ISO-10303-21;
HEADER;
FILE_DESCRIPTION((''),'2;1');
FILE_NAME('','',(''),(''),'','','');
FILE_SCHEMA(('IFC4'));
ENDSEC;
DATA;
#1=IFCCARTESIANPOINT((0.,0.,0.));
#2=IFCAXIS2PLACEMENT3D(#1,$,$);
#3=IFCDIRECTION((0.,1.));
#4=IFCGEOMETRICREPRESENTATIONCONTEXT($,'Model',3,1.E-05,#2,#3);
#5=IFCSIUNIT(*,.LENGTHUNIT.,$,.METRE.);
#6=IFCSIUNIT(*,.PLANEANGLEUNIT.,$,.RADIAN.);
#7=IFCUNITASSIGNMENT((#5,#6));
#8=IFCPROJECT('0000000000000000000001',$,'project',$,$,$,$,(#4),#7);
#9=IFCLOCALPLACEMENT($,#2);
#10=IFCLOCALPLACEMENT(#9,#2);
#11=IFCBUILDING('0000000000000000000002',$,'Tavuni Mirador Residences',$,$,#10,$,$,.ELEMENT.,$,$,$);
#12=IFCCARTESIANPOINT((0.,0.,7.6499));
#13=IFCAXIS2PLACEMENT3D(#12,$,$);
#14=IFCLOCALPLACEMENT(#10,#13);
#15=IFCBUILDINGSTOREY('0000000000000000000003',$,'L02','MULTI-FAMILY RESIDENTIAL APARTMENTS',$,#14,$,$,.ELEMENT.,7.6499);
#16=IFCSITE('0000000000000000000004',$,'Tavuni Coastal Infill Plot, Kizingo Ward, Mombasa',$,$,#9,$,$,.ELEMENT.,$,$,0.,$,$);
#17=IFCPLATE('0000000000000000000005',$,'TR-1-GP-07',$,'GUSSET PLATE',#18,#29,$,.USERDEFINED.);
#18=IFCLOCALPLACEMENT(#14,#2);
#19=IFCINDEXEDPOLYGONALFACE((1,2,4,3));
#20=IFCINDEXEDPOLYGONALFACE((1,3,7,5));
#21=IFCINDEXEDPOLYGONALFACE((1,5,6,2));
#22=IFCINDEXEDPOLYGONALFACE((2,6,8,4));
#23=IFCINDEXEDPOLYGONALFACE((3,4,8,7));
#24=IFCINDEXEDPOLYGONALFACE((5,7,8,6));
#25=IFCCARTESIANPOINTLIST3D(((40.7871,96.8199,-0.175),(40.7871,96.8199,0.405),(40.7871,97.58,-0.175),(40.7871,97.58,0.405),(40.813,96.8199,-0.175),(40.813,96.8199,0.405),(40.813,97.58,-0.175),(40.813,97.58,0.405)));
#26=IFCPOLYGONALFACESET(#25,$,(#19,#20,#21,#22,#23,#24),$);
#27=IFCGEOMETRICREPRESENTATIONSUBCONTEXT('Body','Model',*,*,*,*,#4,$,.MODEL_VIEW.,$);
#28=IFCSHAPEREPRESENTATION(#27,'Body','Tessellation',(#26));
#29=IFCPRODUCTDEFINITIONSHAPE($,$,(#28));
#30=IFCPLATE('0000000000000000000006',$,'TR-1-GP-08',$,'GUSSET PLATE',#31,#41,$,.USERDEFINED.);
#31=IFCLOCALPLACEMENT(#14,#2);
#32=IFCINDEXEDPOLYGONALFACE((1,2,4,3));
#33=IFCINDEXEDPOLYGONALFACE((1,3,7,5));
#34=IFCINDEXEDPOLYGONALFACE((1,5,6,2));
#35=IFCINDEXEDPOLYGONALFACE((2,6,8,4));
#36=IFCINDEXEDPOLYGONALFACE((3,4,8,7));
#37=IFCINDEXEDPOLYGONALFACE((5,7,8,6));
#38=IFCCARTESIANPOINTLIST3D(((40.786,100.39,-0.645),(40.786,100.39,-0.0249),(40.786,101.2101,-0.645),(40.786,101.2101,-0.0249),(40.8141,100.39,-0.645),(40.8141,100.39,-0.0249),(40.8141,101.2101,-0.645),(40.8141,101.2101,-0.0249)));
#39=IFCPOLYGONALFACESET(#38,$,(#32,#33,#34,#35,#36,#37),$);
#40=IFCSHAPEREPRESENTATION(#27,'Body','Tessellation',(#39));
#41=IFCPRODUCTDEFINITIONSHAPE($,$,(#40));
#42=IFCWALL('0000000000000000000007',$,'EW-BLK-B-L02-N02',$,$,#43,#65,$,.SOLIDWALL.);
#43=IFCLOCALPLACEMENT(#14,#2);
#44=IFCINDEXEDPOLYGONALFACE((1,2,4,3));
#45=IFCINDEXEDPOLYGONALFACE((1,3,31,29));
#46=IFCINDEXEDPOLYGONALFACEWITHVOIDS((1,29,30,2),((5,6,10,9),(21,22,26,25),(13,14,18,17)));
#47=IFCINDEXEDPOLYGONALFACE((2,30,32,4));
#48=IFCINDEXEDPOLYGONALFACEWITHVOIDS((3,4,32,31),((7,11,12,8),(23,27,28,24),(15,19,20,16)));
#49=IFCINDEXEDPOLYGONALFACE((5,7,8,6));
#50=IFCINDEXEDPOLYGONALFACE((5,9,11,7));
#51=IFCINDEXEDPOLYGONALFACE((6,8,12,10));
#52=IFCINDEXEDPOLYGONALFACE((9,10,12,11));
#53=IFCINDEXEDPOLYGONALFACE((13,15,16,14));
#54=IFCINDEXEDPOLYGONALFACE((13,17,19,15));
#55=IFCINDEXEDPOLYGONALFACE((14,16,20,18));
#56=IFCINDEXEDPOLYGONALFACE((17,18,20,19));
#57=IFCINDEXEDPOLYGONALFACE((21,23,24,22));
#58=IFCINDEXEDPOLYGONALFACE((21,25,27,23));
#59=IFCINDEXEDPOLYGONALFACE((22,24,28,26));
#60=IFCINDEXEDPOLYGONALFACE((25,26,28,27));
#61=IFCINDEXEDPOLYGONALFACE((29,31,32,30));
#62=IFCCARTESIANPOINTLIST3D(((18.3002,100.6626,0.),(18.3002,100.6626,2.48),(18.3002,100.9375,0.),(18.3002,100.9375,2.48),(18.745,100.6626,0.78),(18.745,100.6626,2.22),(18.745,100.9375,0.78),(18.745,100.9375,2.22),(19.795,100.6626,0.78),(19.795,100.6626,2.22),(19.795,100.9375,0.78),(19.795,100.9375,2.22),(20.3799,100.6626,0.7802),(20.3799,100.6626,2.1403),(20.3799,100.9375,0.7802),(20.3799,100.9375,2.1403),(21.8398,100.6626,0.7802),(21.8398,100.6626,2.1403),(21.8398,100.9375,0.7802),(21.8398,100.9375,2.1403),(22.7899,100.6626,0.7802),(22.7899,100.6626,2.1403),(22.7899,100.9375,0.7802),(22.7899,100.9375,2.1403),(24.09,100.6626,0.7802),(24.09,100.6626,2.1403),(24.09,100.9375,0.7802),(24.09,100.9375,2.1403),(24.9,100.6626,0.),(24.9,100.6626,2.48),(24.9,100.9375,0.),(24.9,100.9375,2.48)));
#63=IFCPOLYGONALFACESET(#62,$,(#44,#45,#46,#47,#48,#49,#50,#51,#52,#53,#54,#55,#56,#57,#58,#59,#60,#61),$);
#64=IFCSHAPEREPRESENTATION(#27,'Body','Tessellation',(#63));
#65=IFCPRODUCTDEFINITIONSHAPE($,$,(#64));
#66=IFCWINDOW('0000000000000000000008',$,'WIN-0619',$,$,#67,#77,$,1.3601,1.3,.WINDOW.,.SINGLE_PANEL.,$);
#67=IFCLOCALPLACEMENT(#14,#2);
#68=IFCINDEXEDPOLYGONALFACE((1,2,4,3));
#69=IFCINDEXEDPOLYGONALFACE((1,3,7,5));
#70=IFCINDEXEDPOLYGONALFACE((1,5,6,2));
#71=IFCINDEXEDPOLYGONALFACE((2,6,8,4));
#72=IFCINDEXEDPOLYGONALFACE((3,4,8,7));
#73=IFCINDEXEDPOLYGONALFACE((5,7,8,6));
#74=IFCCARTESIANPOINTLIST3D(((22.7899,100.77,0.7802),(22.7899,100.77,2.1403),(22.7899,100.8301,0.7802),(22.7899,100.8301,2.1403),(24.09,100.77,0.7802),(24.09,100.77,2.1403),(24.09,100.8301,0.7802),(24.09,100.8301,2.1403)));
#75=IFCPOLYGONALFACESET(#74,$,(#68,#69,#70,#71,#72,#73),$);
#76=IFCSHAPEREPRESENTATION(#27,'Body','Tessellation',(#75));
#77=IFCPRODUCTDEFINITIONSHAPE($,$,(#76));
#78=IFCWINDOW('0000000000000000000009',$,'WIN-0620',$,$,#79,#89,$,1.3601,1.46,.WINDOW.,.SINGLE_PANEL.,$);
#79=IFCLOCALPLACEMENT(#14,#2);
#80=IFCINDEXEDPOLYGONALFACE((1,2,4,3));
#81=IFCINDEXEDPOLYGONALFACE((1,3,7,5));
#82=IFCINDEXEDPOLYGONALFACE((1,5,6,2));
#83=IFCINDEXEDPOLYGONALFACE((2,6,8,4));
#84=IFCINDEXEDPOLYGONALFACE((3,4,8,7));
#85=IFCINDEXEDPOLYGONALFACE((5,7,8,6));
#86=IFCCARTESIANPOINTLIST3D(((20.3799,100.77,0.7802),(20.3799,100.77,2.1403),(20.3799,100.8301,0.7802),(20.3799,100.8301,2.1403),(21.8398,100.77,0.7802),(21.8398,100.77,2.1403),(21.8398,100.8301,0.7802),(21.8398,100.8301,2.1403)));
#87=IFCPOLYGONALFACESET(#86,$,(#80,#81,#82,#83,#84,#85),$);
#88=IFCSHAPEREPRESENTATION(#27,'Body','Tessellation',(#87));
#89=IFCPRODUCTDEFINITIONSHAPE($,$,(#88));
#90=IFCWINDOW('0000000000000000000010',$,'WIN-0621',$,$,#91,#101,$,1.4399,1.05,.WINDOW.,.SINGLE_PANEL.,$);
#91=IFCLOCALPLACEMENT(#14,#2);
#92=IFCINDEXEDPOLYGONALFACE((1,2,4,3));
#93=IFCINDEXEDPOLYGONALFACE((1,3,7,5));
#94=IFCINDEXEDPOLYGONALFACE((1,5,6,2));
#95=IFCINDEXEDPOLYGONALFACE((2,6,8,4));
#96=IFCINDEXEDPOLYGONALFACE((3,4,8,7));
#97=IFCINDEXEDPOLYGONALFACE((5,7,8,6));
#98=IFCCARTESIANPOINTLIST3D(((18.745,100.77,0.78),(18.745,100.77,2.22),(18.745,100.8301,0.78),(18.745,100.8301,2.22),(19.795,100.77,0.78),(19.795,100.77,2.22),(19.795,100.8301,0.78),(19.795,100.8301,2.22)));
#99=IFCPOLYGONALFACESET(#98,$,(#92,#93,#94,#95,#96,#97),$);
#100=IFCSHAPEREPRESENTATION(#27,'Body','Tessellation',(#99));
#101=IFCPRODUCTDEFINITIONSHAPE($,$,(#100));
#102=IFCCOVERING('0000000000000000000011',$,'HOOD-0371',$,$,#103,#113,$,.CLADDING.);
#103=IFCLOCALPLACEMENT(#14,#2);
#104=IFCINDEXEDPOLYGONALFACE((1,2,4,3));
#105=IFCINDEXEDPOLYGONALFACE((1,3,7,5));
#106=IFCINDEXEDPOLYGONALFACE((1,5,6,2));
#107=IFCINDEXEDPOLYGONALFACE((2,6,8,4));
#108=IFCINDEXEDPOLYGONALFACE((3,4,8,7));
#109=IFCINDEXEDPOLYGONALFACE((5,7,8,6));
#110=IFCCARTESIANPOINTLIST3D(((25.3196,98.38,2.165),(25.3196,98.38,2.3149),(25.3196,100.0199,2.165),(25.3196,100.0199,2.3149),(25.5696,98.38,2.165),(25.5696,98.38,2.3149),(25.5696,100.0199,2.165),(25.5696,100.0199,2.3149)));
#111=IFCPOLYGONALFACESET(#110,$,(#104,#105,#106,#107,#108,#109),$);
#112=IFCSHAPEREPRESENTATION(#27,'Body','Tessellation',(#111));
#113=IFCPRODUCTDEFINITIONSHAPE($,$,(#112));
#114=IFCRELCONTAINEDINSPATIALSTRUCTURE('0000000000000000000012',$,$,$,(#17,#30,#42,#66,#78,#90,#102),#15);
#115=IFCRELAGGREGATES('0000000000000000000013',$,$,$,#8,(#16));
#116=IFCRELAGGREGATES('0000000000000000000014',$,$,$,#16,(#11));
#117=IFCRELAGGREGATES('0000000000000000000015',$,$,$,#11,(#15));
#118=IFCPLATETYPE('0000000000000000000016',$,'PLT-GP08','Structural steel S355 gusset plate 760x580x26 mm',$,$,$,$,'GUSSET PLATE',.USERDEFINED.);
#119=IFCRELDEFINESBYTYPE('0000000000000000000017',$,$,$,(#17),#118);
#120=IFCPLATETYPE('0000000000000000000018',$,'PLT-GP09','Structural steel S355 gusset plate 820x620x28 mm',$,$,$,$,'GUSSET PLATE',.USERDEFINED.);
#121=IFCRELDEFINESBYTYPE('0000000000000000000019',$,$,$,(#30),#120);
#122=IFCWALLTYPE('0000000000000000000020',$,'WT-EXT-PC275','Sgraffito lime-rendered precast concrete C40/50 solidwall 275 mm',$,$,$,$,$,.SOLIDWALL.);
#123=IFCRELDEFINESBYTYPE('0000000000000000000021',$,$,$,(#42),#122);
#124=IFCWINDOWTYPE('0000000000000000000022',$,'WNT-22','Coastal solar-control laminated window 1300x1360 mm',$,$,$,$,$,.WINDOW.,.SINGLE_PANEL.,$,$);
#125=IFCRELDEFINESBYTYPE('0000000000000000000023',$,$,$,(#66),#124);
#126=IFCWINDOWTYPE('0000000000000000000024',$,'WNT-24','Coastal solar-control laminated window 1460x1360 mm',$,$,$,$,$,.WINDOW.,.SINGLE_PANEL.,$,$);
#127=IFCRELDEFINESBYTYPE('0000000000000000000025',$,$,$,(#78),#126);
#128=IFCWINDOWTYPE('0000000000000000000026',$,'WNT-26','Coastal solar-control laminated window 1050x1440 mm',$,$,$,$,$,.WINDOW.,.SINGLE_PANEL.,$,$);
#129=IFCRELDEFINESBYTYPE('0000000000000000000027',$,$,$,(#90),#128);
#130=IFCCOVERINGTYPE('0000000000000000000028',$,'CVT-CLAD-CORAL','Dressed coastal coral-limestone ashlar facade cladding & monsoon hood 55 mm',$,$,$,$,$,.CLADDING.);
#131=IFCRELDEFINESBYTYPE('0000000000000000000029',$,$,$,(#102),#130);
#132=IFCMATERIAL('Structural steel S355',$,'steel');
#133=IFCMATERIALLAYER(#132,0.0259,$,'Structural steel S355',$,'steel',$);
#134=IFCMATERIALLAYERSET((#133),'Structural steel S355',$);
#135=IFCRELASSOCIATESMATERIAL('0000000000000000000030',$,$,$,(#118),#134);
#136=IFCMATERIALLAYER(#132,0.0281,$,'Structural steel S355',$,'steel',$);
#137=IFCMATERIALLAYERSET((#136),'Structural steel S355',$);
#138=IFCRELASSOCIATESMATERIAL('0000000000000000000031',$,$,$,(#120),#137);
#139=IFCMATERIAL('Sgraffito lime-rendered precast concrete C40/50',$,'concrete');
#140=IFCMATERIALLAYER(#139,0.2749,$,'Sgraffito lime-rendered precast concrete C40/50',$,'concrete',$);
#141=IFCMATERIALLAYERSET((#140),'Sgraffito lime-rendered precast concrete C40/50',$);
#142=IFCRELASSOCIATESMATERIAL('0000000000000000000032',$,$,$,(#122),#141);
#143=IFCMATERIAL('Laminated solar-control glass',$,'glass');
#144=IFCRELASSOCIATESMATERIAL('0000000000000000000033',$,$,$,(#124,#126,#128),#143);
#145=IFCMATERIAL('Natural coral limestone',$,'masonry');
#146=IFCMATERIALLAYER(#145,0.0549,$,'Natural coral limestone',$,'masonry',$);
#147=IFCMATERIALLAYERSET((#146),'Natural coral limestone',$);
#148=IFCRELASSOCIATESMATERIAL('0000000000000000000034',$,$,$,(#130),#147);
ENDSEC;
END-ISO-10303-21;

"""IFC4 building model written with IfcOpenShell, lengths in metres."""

from ifc_helpers import new_model, si_unit, direction, frame, frame_2d, origin, origin_2d, place, context, subcontext, project, spatial, rectangle, extrude, material, layer, layer_set, type_object, element, fill, save


model = new_model("IFC4")

# Units and contexts
model_context = context("Model", 3, precision=1e-05, world=origin(), true_north=direction((0.0, 1.0)))
body_context = subcontext(model_context, "Body", "Model", "MODEL_VIEW")
ifc_project = project(units=[si_unit("LENGTHUNIT", "METRE"), si_unit("PLANEANGLEUNIT", "RADIAN")], contexts=[model_context])

# Site, building, storey
site_placement = place(None, origin())
site = spatial("IfcSite", under=ifc_project, at=site_placement, Name="Tavuni Coastal Infill Plot, Kizingo Ward, Mombasa", CompositionType="ELEMENT", RefElevation=0.0)
building_placement = place(site_placement, origin())
building = spatial("IfcBuilding", under=site, at=building_placement, Name="Tavuni Mirador Residences", CompositionType="ELEMENT")
storey_placement = place(building_placement, frame((0.0, 0.0, 7.6499)))
storey = spatial("IfcBuildingStorey", under=building, at=storey_placement, Name="L02", Description="MULTI-FAMILY RESIDENTIAL APARTMENTS", CompositionType="ELEMENT", Elevation=7.6499)

# Shared definitions
ifc_material_1 = material(Name="Structural steel S355", Category="steel")

# Plates
ifc_layer_1 = layer(ifc_material_1, 0.0259, Name="Structural steel S355", Category="steel")
ifc_layer_set_1 = layer_set([ifc_layer_1], Name="Structural steel S355")
plate_type_1 = type_object("IfcPlateType", Name="PLT-GP08", Description="Structural steel S355 gusset plate 760x580x26 mm", ElementType="GUSSET PLATE", PredefinedType="USERDEFINED", material=ifc_layer_set_1)
plate_1_placement = place(storey_placement, frame((40.8, 97.2, -0.175), z_axis=(0.0, 0.0, 1.0), x_axis=(0.0, 1.0, 0.0)))
element("IfcPlate", 1, at=plate_1_placement, inside=storey, type_object=plate_type_1, Name="TR-1-GP-07", ObjectType="GUSSET PLATE", PredefinedType="USERDEFINED", context=body_context, shape_type="SweptSolid", body=[
    extrude(rectangle(XDim=0.76, YDim=0.0259, at=origin_2d()), origin(), (0.0, 0.0, 1.0), 0.5801),
])
ifc_layer_2 = layer(ifc_material_1, 0.0281, Name="Structural steel S355", Category="steel")
ifc_layer_set_2 = layer_set([ifc_layer_2], Name="Structural steel S355")
plate_type_2 = type_object("IfcPlateType", Name="PLT-GP09", Description="Structural steel S355 gusset plate 820x620x28 mm", ElementType="GUSSET PLATE", PredefinedType="USERDEFINED", material=ifc_layer_set_2)
plate_2_placement = place(storey_placement, frame((40.8, 100.8, -0.645), z_axis=(0.0, 0.0, 1.0), x_axis=(0.0, 1.0, 0.0)))
element("IfcPlate", 2, at=plate_2_placement, inside=storey, type_object=plate_type_2, Name="TR-1-GP-08", ObjectType="GUSSET PLATE", PredefinedType="USERDEFINED", context=body_context, shape_type="SweptSolid", body=[
    extrude(rectangle(XDim=0.8201, YDim=0.0281, at=origin_2d()), origin(), (0.0, 0.0, 1.0), 0.6201),
])

# Wall, openings, windows
ifc_material_2 = material(Name="Sgraffito lime-rendered precast concrete C40/50", Category="concrete")
ifc_layer_3 = layer(ifc_material_2, 0.2749, Name="Sgraffito lime-rendered precast concrete C40/50", Category="concrete")
ifc_layer_set_3 = layer_set([ifc_layer_3], Name="Sgraffito lime-rendered precast concrete C40/50")
wall_type = type_object("IfcWallType", Name="WT-EXT-PC275", Description="Sgraffito lime-rendered precast concrete C40/50 solidwall 275 mm", PredefinedType="SOLIDWALL", material=ifc_layer_set_3)
wall_placement = place(storey_placement, frame((24.8999, 100.8, 0.0), z_axis=(0.0, 0.0, 1.0), x_axis=(-1.0, 0.0, 0.0)))
wall = element("IfcWall", 3, at=wall_placement, inside=storey, type_object=wall_type, Name="EW-BLK-B-L02-N02", PredefinedType="SOLIDWALL", context=body_context, shape_type="SweptSolid", body=[
    extrude(rectangle(XDim=6.5999, YDim=0.2749, at=frame_2d((3.2998, 0.0))), origin(), (0.0, 0.0, 1.0), 2.48),
])
opening_1_placement = place(wall_placement, frame((0.8101, 0.0, 0.78)))
opening_1 = element("IfcOpeningElement", 4, at=opening_1_placement, cuts=wall, PredefinedType="OPENING", context=body_context, shape_type="SweptSolid", body=[
    extrude(rectangle(XDim=1.3, YDim=1.3601, at=frame_2d((0.6499, 0.6802))), frame((0.0, 0.1475, 0.0), z_axis=(0.0, -1.0, 0.0), x_axis=(1.0, 0.0, 0.0)), (0.0, 0.0, 1.0), 0.2949),
])
opening_2_placement = place(wall_placement, frame((3.0601, 0.0, 0.78)))
opening_2 = element("IfcOpeningElement", 5, at=opening_2_placement, cuts=wall, PredefinedType="OPENING", context=body_context, shape_type="SweptSolid", body=[
    extrude(rectangle(XDim=1.46, YDim=1.3601, at=frame_2d((0.73, 0.6802))), frame((0.0, 0.1475, 0.0), z_axis=(0.0, -1.0, 0.0), x_axis=(1.0, 0.0, 0.0)), (0.0, 0.0, 1.0), 0.2949),
])
opening_3_placement = place(wall_placement, frame((5.105, 0.0, 0.78)))
opening_3 = element("IfcOpeningElement", 6, at=opening_3_placement, cuts=wall, PredefinedType="OPENING", context=body_context, shape_type="SweptSolid", body=[
    extrude(rectangle(XDim=1.05, YDim=1.4399, at=frame_2d((0.5249, 0.72))), frame((0.0, 0.1475, 0.0), z_axis=(0.0, -1.0, 0.0), x_axis=(1.0, 0.0, 0.0)), (0.0, 0.0, 1.0), 0.2949),
])
ifc_material_3 = material(Name="Laminated solar-control glass", Category="glass")
window_type_1 = type_object("IfcWindowType", Name="WNT-22", Description="Coastal solar-control laminated window 1300x1360 mm", PartitioningType="SINGLE_PANEL", PredefinedType="WINDOW", material=ifc_material_3)
window_1_placement = place(opening_1_placement, origin())
window_1 = element("IfcWindow", 7, at=window_1_placement, inside=storey, type_object=window_type_1, Name="WIN-0619", OverallHeight=1.3601, OverallWidth=1.3, PartitioningType="SINGLE_PANEL", PredefinedType="WINDOW", context=body_context, shape_type="SweptSolid", body=[
    extrude(rectangle(XDim=1.3, YDim=1.3601, at=frame_2d((0.6499, 0.6802))), frame((0.0, 0.03, 0.0), z_axis=(0.0, -1.0, 0.0), x_axis=(1.0, 0.0, 0.0)), (0.0, 0.0, 1.0), 0.0601),
])
fill(opening_1, window_1)
window_type_2 = type_object("IfcWindowType", Name="WNT-24", Description="Coastal solar-control laminated window 1460x1360 mm", PartitioningType="SINGLE_PANEL", PredefinedType="WINDOW", material=ifc_material_3)
window_2_placement = place(opening_2_placement, origin())
window_2 = element("IfcWindow", 8, at=window_2_placement, inside=storey, type_object=window_type_2, Name="WIN-0620", OverallHeight=1.3601, OverallWidth=1.46, PartitioningType="SINGLE_PANEL", PredefinedType="WINDOW", context=body_context, shape_type="SweptSolid", body=[
    extrude(rectangle(XDim=1.46, YDim=1.3601, at=frame_2d((0.73, 0.6802))), frame((0.0, 0.03, 0.0), z_axis=(0.0, -1.0, 0.0), x_axis=(1.0, 0.0, 0.0)), (0.0, 0.0, 1.0), 0.0601),
])
fill(opening_2, window_2)
window_type_3 = type_object("IfcWindowType", Name="WNT-26", Description="Coastal solar-control laminated window 1050x1440 mm", PartitioningType="SINGLE_PANEL", PredefinedType="WINDOW", material=ifc_material_3)
window_3_placement = place(opening_3_placement, origin())
window_3 = element("IfcWindow", 9, at=window_3_placement, inside=storey, type_object=window_type_3, Name="WIN-0621", OverallHeight=1.4399, OverallWidth=1.05, PartitioningType="SINGLE_PANEL", PredefinedType="WINDOW", context=body_context, shape_type="SweptSolid", body=[
    extrude(rectangle(XDim=1.05, YDim=1.4399, at=frame_2d((0.5249, 0.72))), frame((0.0, 0.03, 0.0), z_axis=(0.0, -1.0, 0.0), x_axis=(1.0, 0.0, 0.0)), (0.0, 0.0, 1.0), 0.0601),
])
fill(opening_3, window_3)

# Covering
ifc_material_4 = material(Name="Natural coral limestone", Category="masonry")
ifc_layer_4 = layer(ifc_material_4, 0.0549, Name="Natural coral limestone", Category="masonry")
ifc_layer_set_4 = layer_set([ifc_layer_4], Name="Natural coral limestone")
covering_type = type_object("IfcCoveringType", Name="CVT-CLAD-CORAL", Description="Dressed coastal coral-limestone ashlar facade cladding & monsoon hood 55 mm", PredefinedType="CLADDING", material=ifc_layer_set_4)
covering_placement = place(storey_placement, frame((25.4446, 99.2, 2.165), z_axis=(0.0, 0.0, 1.0), x_axis=(0.0, 1.0, 0.0)))
element("IfcCovering", 10, at=covering_placement, inside=storey, type_object=covering_type, Name="HOOD-0371", PredefinedType="CLADDING", context=body_context, shape_type="SweptSolid", body=[
    extrude(rectangle(XDim=1.6399, YDim=0.25, at=origin_2d()), origin(), (0.0, 0.0, 1.0), 0.1499),
])

save(model, "model.ifc")
